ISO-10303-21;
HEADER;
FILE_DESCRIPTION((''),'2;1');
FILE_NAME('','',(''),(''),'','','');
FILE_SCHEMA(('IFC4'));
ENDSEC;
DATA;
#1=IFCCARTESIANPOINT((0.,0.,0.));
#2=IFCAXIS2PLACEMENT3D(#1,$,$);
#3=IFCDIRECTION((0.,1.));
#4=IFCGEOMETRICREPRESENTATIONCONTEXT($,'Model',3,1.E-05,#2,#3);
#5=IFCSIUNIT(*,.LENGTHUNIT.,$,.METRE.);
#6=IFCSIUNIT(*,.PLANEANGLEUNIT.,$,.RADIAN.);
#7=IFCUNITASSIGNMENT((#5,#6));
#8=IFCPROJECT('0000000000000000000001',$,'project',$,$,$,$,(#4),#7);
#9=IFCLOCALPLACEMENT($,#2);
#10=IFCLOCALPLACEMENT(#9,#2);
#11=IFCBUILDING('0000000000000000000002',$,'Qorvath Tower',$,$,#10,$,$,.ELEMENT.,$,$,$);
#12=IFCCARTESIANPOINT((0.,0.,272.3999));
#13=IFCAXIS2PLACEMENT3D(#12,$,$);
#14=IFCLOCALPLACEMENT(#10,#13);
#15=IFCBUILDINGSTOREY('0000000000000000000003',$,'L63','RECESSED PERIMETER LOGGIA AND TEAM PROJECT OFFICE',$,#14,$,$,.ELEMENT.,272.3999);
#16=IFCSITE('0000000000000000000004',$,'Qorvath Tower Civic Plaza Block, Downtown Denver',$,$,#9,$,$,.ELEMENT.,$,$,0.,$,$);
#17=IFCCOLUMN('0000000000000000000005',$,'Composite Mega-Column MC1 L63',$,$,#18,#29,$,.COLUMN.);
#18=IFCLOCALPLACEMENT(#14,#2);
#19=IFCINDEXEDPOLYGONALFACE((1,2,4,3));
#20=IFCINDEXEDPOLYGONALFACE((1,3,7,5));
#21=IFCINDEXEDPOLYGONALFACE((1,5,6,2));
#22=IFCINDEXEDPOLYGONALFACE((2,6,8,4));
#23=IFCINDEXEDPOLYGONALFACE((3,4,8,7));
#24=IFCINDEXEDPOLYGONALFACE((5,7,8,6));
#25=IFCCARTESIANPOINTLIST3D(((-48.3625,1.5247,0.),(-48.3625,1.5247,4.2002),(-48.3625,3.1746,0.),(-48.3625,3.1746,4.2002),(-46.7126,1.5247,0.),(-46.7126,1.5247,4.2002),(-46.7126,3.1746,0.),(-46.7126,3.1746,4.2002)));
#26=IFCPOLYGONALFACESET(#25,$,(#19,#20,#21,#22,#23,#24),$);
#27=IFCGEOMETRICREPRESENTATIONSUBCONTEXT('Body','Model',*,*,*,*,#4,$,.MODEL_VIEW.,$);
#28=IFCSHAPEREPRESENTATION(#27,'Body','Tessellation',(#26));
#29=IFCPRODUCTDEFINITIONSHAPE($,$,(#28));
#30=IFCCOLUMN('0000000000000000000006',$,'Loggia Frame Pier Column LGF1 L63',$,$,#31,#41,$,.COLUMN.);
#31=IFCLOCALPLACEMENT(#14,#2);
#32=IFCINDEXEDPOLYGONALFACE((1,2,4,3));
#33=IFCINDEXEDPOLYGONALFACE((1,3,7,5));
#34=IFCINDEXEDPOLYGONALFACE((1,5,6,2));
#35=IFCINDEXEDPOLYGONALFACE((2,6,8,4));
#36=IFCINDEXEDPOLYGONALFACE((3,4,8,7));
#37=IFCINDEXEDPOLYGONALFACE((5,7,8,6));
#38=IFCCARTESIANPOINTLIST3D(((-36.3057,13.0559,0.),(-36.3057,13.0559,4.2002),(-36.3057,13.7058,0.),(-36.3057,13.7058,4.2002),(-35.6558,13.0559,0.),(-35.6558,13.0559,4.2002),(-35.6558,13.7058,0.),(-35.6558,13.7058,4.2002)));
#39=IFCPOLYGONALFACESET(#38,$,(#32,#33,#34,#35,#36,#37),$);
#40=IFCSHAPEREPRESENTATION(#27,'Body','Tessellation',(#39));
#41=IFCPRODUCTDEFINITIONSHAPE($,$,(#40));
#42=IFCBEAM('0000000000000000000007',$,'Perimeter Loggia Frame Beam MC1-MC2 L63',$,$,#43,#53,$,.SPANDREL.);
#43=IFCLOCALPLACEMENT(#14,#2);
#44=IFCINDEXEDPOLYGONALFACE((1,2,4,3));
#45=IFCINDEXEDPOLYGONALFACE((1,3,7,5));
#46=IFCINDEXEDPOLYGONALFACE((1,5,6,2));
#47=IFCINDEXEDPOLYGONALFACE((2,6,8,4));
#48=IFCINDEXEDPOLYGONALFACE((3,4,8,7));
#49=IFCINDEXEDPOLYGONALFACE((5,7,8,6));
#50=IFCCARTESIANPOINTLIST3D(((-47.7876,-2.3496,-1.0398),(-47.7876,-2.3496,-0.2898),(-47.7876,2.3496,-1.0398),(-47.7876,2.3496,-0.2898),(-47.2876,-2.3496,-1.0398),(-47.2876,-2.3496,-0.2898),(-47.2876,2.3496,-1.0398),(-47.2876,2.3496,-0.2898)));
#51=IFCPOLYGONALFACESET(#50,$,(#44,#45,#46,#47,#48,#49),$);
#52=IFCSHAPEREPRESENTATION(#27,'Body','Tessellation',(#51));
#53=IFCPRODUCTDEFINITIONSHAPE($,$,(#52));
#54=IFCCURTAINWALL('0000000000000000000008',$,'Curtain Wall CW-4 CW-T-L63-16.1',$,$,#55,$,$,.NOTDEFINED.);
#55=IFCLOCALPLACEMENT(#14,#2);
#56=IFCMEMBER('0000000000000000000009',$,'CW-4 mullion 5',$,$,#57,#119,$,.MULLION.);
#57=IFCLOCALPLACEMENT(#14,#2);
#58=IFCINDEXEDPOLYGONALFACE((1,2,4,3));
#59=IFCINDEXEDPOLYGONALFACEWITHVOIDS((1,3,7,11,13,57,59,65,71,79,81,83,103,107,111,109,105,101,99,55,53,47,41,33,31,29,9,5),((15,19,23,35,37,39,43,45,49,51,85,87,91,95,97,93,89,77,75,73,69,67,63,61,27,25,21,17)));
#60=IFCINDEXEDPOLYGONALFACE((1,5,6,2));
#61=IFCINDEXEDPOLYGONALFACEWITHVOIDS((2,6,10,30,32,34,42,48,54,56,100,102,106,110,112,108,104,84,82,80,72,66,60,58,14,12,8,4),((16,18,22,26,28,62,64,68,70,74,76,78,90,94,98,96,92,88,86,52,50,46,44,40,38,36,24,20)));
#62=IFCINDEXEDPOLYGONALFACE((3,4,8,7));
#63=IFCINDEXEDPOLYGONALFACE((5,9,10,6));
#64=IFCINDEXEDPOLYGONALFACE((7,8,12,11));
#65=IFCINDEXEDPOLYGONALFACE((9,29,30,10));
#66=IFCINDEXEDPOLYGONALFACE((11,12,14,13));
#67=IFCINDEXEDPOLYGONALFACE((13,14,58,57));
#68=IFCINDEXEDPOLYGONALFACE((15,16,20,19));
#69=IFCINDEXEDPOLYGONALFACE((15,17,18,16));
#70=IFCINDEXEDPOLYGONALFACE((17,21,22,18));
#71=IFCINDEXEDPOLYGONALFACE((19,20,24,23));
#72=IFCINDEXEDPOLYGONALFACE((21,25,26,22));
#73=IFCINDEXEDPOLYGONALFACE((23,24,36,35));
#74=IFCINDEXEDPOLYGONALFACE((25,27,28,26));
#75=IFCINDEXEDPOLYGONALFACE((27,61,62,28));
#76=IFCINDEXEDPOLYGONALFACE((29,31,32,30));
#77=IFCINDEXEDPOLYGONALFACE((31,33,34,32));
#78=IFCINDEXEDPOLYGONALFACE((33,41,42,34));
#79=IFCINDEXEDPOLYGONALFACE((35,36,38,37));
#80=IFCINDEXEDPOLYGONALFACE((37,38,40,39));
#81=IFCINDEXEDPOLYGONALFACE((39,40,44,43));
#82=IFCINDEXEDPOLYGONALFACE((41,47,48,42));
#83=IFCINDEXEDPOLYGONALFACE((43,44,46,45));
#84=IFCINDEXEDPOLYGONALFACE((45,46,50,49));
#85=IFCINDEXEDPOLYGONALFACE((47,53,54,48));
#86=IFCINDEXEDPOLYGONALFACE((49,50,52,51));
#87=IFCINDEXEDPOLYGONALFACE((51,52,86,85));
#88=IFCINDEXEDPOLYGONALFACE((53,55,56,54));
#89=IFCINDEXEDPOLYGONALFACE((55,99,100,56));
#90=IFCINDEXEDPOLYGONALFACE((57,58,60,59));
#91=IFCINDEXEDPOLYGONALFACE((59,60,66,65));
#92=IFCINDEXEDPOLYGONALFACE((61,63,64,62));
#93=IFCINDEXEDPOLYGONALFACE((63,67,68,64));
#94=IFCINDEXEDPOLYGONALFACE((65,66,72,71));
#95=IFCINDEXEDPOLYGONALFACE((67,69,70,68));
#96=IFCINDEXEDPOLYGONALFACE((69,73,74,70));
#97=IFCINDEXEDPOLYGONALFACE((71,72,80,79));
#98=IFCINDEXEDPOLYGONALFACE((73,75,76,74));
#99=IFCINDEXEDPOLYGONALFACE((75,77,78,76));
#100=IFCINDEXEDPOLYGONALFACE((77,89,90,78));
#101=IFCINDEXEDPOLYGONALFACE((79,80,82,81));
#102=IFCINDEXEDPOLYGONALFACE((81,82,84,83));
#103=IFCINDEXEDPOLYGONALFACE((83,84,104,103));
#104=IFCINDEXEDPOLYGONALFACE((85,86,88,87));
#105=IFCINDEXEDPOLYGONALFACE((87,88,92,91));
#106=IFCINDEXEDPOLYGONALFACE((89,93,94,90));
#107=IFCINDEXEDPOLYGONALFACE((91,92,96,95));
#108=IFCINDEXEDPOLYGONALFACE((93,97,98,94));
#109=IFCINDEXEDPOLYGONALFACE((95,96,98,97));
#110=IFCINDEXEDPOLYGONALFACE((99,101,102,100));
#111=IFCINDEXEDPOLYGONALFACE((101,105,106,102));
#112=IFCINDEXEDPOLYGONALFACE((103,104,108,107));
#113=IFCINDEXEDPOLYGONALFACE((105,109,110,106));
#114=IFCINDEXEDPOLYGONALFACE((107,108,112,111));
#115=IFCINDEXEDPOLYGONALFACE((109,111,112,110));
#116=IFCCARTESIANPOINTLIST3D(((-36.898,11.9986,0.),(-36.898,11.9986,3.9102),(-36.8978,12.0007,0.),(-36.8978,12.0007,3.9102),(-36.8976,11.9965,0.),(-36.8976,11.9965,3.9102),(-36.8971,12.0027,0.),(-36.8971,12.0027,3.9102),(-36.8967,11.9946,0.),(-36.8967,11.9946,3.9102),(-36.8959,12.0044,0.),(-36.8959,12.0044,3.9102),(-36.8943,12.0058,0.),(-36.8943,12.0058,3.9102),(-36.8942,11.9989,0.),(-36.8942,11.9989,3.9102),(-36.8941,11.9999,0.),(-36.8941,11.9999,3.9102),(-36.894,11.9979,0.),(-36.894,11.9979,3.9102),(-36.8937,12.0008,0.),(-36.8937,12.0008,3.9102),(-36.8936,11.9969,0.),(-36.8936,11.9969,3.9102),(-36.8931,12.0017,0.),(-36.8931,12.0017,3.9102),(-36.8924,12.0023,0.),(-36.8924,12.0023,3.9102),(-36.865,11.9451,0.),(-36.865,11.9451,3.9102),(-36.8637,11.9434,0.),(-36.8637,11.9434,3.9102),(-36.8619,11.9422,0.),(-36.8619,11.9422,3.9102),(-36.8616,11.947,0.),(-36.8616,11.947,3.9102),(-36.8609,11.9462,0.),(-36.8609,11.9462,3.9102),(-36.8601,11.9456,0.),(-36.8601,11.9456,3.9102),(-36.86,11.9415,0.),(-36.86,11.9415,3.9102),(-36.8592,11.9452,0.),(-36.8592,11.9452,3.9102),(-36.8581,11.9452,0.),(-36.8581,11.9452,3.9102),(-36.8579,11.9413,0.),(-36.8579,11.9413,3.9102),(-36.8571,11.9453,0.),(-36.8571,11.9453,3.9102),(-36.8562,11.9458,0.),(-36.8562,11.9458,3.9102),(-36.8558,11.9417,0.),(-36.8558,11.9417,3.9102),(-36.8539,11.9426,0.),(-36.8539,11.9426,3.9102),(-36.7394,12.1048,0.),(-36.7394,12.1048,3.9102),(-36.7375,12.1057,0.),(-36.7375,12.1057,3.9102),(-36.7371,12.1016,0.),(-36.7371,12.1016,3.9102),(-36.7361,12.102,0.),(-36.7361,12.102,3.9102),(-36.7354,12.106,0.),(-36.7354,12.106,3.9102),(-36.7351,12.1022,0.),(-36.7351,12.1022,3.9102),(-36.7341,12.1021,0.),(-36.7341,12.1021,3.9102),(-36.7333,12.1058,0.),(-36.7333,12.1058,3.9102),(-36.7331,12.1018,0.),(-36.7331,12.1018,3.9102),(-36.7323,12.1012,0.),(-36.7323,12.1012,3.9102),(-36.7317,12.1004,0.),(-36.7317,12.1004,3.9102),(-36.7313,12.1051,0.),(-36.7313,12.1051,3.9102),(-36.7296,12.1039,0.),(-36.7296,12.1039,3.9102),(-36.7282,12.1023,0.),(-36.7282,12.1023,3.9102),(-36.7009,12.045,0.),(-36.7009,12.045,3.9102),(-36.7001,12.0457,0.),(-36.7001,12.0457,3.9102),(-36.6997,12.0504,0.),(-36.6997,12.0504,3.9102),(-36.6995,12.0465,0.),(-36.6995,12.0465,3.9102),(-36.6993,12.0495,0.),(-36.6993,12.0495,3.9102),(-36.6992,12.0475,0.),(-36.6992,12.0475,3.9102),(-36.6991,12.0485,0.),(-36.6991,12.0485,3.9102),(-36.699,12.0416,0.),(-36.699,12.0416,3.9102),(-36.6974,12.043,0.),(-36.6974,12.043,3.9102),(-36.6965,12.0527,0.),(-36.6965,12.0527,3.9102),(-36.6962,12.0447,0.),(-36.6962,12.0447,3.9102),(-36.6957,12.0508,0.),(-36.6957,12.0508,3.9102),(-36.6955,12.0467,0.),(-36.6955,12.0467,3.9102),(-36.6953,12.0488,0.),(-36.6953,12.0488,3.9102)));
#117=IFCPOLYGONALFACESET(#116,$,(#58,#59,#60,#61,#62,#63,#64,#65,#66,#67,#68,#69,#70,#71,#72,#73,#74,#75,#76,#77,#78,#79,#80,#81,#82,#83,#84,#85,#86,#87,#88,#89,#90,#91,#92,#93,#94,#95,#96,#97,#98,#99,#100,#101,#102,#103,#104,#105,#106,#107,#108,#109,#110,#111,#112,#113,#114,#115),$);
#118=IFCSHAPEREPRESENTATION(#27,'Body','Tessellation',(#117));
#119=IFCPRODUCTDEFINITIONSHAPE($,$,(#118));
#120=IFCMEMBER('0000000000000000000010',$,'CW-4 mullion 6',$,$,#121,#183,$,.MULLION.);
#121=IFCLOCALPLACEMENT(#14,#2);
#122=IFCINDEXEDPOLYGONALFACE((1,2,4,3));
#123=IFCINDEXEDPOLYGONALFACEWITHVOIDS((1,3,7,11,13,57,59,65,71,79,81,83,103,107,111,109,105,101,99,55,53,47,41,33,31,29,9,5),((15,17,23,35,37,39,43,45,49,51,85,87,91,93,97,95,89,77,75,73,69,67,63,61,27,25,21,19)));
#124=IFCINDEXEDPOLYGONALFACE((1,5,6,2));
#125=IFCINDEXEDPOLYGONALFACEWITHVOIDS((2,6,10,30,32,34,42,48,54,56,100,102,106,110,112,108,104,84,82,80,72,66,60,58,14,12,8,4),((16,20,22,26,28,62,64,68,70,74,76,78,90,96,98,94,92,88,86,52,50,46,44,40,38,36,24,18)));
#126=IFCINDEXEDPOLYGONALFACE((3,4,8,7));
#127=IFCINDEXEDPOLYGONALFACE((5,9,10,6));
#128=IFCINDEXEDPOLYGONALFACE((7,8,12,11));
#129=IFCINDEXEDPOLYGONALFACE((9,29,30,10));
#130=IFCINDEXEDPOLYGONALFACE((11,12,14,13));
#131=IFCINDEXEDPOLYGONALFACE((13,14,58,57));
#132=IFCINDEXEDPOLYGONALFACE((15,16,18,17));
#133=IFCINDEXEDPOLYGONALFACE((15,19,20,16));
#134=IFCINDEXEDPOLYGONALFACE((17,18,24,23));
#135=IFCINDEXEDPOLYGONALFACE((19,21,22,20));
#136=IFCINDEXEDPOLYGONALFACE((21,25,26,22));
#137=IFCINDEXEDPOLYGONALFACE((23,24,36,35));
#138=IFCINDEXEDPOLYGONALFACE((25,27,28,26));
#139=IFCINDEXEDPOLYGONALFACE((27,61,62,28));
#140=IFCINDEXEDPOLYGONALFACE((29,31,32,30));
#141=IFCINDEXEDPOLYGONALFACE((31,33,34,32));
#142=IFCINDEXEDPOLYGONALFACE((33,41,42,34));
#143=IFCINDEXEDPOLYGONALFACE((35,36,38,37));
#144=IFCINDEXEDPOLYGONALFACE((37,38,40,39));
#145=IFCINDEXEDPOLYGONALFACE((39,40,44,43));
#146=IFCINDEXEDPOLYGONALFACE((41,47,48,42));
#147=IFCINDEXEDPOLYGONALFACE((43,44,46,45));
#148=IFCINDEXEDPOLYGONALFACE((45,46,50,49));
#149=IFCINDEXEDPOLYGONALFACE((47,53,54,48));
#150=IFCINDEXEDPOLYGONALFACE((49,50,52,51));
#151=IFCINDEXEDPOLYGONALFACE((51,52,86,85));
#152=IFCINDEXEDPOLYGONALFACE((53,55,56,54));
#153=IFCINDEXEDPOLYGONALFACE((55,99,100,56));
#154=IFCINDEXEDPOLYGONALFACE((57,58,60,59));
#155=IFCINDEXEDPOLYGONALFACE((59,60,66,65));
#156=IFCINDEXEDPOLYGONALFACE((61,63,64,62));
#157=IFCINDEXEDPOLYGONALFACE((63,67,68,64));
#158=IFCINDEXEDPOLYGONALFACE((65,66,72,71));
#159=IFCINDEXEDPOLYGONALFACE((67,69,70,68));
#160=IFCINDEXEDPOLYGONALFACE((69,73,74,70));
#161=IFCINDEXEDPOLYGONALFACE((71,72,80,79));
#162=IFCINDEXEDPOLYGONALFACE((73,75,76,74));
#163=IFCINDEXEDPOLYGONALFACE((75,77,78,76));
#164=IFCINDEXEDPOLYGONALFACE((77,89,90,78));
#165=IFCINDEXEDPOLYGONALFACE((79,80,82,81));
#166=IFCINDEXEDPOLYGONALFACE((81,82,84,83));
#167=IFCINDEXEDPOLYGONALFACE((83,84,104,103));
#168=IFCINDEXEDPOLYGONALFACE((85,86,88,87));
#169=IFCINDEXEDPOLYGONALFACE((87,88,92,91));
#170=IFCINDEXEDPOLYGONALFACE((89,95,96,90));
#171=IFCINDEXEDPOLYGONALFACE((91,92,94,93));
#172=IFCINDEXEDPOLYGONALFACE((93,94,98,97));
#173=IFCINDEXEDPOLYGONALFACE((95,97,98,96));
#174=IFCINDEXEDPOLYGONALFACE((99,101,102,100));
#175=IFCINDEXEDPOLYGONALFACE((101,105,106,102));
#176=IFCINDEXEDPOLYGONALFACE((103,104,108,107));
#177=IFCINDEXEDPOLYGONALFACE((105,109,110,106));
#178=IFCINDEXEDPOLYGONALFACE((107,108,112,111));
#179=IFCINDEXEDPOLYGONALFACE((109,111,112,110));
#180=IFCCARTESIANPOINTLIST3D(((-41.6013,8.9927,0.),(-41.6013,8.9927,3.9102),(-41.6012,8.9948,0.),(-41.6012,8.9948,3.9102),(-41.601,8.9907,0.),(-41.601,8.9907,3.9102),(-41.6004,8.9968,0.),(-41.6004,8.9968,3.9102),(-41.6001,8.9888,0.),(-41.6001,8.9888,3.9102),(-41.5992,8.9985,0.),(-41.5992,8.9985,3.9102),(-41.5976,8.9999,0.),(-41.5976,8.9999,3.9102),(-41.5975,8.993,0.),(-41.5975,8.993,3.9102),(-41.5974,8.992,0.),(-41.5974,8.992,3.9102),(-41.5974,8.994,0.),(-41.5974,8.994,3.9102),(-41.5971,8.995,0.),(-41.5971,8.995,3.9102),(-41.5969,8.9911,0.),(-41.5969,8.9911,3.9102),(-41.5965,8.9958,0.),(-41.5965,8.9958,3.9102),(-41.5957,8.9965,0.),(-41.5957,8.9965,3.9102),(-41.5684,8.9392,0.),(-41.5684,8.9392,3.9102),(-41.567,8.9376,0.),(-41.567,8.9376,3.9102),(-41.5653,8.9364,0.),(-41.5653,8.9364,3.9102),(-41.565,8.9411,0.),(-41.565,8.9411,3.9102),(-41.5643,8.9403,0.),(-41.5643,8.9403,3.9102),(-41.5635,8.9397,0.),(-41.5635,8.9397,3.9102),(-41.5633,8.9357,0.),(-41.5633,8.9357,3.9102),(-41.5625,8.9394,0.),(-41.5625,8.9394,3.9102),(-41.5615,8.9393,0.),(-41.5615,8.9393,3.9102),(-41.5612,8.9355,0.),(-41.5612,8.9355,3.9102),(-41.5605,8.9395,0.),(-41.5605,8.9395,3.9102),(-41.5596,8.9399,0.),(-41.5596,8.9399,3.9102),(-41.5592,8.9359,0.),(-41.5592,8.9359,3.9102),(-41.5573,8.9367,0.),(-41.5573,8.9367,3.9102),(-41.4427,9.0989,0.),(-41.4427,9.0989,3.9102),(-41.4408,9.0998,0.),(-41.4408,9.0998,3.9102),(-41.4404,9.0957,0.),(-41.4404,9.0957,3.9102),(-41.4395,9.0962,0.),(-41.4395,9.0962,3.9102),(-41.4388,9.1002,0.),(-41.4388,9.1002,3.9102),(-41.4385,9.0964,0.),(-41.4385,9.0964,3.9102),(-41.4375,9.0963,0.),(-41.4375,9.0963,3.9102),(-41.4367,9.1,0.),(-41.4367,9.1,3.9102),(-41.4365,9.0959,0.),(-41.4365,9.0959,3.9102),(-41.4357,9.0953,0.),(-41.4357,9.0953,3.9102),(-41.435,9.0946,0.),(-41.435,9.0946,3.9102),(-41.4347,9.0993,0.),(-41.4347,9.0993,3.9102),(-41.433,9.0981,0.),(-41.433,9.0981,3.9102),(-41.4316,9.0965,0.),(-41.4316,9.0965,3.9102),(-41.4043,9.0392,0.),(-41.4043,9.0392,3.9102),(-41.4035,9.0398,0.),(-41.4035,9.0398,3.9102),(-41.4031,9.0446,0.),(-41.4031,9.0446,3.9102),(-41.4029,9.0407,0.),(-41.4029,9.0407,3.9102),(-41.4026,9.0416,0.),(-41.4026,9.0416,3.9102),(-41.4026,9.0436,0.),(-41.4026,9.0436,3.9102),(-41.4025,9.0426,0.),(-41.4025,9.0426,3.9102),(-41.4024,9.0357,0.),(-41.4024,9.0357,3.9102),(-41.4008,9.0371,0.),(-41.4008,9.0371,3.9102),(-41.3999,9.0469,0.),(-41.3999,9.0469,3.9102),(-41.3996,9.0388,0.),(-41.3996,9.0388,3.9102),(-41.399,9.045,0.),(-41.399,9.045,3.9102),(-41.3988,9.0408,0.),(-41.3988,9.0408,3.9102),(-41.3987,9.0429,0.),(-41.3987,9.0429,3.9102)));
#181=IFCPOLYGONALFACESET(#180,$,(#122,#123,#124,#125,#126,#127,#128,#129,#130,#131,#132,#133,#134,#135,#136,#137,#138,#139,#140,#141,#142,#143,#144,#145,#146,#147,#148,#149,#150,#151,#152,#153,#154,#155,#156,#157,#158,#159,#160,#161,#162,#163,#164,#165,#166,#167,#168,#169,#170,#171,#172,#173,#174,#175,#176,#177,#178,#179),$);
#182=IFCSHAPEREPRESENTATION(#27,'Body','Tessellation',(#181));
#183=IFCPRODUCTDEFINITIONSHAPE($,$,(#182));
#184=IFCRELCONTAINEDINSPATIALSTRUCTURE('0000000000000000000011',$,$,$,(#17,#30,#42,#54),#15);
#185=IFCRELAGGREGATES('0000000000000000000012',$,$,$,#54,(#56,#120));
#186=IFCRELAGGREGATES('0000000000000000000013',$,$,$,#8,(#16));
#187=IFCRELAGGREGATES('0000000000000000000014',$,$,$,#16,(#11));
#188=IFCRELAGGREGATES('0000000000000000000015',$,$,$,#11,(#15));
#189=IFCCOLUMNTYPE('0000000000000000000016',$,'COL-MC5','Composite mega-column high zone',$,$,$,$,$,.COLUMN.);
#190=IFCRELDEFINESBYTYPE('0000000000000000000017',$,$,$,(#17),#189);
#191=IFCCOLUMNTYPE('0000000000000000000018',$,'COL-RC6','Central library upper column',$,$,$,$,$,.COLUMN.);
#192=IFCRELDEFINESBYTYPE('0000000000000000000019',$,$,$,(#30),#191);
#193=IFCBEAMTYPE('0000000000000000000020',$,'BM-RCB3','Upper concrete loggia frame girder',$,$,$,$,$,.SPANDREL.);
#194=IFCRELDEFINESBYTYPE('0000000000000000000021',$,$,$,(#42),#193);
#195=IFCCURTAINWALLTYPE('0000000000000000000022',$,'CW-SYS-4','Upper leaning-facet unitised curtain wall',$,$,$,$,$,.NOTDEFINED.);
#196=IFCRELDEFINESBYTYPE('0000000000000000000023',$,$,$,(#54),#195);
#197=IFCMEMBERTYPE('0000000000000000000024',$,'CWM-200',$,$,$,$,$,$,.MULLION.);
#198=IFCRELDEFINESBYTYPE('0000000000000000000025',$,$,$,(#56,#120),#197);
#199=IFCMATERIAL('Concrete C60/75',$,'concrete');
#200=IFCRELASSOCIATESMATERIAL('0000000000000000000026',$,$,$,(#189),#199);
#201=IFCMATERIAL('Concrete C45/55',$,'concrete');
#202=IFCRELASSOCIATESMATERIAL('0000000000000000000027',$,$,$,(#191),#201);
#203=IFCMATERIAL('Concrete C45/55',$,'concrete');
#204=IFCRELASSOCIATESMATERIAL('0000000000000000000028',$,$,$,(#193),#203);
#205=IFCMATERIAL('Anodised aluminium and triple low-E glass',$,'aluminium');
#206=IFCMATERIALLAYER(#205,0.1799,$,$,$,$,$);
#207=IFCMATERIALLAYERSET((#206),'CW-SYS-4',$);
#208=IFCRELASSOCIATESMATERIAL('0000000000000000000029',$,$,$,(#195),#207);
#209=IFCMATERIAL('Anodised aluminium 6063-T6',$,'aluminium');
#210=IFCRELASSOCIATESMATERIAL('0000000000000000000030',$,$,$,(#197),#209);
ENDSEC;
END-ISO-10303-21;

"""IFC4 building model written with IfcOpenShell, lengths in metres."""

from ifc_helpers import new_model, si_unit, direction, frame, origin, origin_2d, place, context, subcontext, project, spatial, rectangle, hollow_rectangle, extrude, material, layer, layer_set, material_profile, profile_set, type_object, element, aggregate, save


model = new_model("IFC4")

# Units and contexts
model_context = context("Model", 3, precision=1e-05, world=origin(), true_north=direction((0.0, 1.0)))
body_context = subcontext(model_context, "Body", "Model", "MODEL_VIEW")
ifc_project = project(units=[si_unit("LENGTHUNIT", "METRE"), si_unit("PLANEANGLEUNIT", "RADIAN")], contexts=[model_context])

# Site, building, storey
site_placement = place(None, origin())
site = spatial("IfcSite", under=ifc_project, at=site_placement, Name="Qorvath Tower Civic Plaza Block, Downtown Denver", CompositionType="ELEMENT", RefElevation=0.0)
building_placement = place(site_placement, origin())
building = spatial("IfcBuilding", under=site, at=building_placement, Name="Qorvath Tower", CompositionType="ELEMENT")
storey_placement = place(building_placement, frame((0.0, 0.0, 272.3999)))
storey = spatial("IfcBuildingStorey", under=building, at=storey_placement, Name="L63", Description="RECESSED PERIMETER LOGGIA AND TEAM PROJECT OFFICE", CompositionType="ELEMENT", Elevation=272.3999)

# Columns
ifc_material_1 = material(Name="Concrete C60/75", Category="concrete")
ifc_material_profile_1 = material_profile(ifc_material_1, rectangle(XDim=1.6499, YDim=1.6499, at=origin_2d()), Name="MC 1650x1650")
ifc_profile_set_1 = profile_set([ifc_material_profile_1], Name="Concrete C60/75")
column_type_1 = type_object("IfcColumnType", Name="COL-MC5", Description="Composite mega-column high zone", PredefinedType="COLUMN", material=ifc_profile_set_1)
column_1_placement = place(storey_placement, frame((-47.5376, 2.3496, 0.0), z_axis=(0.0, 0.0, 1.0), x_axis=(1.0, 0.0, 0.0)))
element("IfcColumn", 1, at=column_1_placement, inside=storey, type_object=column_type_1, Name="Composite Mega-Column MC1 L63", PredefinedType="COLUMN", context=body_context, shape_type="SweptSolid", body=[
    extrude(rectangle(XDim=1.6499, YDim=1.6499, at=origin_2d()), origin(), (0.0, 0.0, 1.0), 4.2002),
])
ifc_material_2 = material(Name="Concrete C45/55", Category="concrete")
ifc_material_profile_2 = material_profile(ifc_material_2, rectangle(XDim=0.6499, YDim=0.6499, at=origin_2d()), Name="RC 650x650")
ifc_profile_set_2 = profile_set([ifc_material_profile_2], Name="Concrete C45/55")
column_type_2 = type_object("IfcColumnType", Name="COL-RC6", Description="Central library upper column", PredefinedType="COLUMN", material=ifc_profile_set_2)
column_2_placement = place(storey_placement, frame((-35.9807, 13.3809, 0.0), z_axis=(0.0, 0.0, 1.0), x_axis=(1.0, 0.0, 0.0)))
element("IfcColumn", 2, at=column_2_placement, inside=storey, type_object=column_type_2, Name="Loggia Frame Pier Column LGF1 L63", PredefinedType="COLUMN", context=body_context, shape_type="SweptSolid", body=[
    extrude(rectangle(XDim=0.6499, YDim=0.6499, at=origin_2d()), origin(), (0.0, 0.0, 1.0), 4.2002),
])

# Beam
ifc_material_3 = material(Name="Concrete C45/55", Category="concrete")
ifc_material_profile_3 = material_profile(ifc_material_3, rectangle(XDim=0.5, YDim=0.75, at=origin_2d()), Name="RCB 750x500")
ifc_profile_set_3 = profile_set([ifc_material_profile_3], Name="Concrete C45/55")
beam_type = type_object("IfcBeamType", Name="BM-RCB3", Description="Upper concrete loggia frame girder", PredefinedType="SPANDREL", material=ifc_profile_set_3)
beam_placement = place(storey_placement, frame((-47.5376, 2.3496, -0.6648), z_axis=(0.0, -1.0, 0.0), x_axis=(1.0, 0.0, 0.0)))
element("IfcBeam", 3, at=beam_placement, inside=storey, type_object=beam_type, Name="Perimeter Loggia Frame Beam MC1-MC2 L63", PredefinedType="SPANDREL", context=body_context, shape_type="SweptSolid", body=[
    extrude(rectangle(XDim=0.5, YDim=0.75, at=origin_2d()), origin(), (0.0, 0.0, 1.0), 4.6992),
])

# Curtain wall, members
ifc_material_4 = material(Name="Anodised aluminium and triple low-E glass", Category="aluminium")
ifc_layer_1 = layer(ifc_material_4, 0.1799)
ifc_layer_set_1 = layer_set([ifc_layer_1], Name="CW-SYS-4")
curtain_wall_type = type_object("IfcCurtainWallType", Name="CW-SYS-4", Description="Upper leaning-facet unitised curtain wall", PredefinedType="NOTDEFINED", material=ifc_layer_set_1)
curtain_wall_placement = place(storey_placement, origin())
curtain_wall = element("IfcCurtainWall", 4, at=curtain_wall_placement, inside=storey, type_object=curtain_wall_type, Name="Curtain Wall CW-4 CW-T-L63-16.1", PredefinedType="NOTDEFINED")
ifc_material_5 = material(Name="Anodised aluminium 6063-T6", Category="aluminium")
ifc_material_profile_4 = material_profile(ifc_material_5, hollow_rectangle(XDim=0.075, YDim=0.2, WallThickness=0.0039, InnerFilletRadius=0.0039, OuterFilletRadius=0.0081, at=origin_2d()), Name="CWM 200x75")
ifc_profile_set_4 = profile_set([ifc_material_profile_4], Name="Anodised aluminium 6063-T6")
member_type_1 = type_object("IfcMemberType", Name="CWM-200", PredefinedType="MULLION", material=ifc_profile_set_4)
member_1_placement = place(storey_placement, frame((-36.7966, 12.0237, 0.0), z_axis=(0.0, 0.0, 1.0), x_axis=(0.538534, -0.842604, 0.0)))
member_1 = element("IfcMember", 5, at=member_1_placement, type_object=member_type_1, Name="CW-4 mullion 5", PredefinedType="MULLION", context=body_context, shape_type="SweptSolid", body=[
    extrude(hollow_rectangle(XDim=0.075, YDim=0.2, WallThickness=0.0039, InnerFilletRadius=0.0039, OuterFilletRadius=0.0081, at=origin_2d()), origin(), (0.0, 0.0, 1.0), 3.9102),
])
member_2_placement = place(storey_placement, frame((-41.5, 9.0178, 0.0), z_axis=(0.0, 0.0, 1.0), x_axis=(0.538534, -0.842604, 0.0)))
member_2 = element("IfcMember", 6, at=member_2_placement, type_object=member_type_1, Name="CW-4 mullion 6", PredefinedType="MULLION", context=body_context, shape_type="SweptSolid", body=[
    extrude(hollow_rectangle(XDim=0.075, YDim=0.2, WallThickness=0.0039, InnerFilletRadius=0.0039, OuterFilletRadius=0.0081, at=origin_2d()), origin(), (0.0, 0.0, 1.0), 3.9102),
])
aggregate(curtain_wall, [member_1, member_2])

save(model, "model.ifc")
